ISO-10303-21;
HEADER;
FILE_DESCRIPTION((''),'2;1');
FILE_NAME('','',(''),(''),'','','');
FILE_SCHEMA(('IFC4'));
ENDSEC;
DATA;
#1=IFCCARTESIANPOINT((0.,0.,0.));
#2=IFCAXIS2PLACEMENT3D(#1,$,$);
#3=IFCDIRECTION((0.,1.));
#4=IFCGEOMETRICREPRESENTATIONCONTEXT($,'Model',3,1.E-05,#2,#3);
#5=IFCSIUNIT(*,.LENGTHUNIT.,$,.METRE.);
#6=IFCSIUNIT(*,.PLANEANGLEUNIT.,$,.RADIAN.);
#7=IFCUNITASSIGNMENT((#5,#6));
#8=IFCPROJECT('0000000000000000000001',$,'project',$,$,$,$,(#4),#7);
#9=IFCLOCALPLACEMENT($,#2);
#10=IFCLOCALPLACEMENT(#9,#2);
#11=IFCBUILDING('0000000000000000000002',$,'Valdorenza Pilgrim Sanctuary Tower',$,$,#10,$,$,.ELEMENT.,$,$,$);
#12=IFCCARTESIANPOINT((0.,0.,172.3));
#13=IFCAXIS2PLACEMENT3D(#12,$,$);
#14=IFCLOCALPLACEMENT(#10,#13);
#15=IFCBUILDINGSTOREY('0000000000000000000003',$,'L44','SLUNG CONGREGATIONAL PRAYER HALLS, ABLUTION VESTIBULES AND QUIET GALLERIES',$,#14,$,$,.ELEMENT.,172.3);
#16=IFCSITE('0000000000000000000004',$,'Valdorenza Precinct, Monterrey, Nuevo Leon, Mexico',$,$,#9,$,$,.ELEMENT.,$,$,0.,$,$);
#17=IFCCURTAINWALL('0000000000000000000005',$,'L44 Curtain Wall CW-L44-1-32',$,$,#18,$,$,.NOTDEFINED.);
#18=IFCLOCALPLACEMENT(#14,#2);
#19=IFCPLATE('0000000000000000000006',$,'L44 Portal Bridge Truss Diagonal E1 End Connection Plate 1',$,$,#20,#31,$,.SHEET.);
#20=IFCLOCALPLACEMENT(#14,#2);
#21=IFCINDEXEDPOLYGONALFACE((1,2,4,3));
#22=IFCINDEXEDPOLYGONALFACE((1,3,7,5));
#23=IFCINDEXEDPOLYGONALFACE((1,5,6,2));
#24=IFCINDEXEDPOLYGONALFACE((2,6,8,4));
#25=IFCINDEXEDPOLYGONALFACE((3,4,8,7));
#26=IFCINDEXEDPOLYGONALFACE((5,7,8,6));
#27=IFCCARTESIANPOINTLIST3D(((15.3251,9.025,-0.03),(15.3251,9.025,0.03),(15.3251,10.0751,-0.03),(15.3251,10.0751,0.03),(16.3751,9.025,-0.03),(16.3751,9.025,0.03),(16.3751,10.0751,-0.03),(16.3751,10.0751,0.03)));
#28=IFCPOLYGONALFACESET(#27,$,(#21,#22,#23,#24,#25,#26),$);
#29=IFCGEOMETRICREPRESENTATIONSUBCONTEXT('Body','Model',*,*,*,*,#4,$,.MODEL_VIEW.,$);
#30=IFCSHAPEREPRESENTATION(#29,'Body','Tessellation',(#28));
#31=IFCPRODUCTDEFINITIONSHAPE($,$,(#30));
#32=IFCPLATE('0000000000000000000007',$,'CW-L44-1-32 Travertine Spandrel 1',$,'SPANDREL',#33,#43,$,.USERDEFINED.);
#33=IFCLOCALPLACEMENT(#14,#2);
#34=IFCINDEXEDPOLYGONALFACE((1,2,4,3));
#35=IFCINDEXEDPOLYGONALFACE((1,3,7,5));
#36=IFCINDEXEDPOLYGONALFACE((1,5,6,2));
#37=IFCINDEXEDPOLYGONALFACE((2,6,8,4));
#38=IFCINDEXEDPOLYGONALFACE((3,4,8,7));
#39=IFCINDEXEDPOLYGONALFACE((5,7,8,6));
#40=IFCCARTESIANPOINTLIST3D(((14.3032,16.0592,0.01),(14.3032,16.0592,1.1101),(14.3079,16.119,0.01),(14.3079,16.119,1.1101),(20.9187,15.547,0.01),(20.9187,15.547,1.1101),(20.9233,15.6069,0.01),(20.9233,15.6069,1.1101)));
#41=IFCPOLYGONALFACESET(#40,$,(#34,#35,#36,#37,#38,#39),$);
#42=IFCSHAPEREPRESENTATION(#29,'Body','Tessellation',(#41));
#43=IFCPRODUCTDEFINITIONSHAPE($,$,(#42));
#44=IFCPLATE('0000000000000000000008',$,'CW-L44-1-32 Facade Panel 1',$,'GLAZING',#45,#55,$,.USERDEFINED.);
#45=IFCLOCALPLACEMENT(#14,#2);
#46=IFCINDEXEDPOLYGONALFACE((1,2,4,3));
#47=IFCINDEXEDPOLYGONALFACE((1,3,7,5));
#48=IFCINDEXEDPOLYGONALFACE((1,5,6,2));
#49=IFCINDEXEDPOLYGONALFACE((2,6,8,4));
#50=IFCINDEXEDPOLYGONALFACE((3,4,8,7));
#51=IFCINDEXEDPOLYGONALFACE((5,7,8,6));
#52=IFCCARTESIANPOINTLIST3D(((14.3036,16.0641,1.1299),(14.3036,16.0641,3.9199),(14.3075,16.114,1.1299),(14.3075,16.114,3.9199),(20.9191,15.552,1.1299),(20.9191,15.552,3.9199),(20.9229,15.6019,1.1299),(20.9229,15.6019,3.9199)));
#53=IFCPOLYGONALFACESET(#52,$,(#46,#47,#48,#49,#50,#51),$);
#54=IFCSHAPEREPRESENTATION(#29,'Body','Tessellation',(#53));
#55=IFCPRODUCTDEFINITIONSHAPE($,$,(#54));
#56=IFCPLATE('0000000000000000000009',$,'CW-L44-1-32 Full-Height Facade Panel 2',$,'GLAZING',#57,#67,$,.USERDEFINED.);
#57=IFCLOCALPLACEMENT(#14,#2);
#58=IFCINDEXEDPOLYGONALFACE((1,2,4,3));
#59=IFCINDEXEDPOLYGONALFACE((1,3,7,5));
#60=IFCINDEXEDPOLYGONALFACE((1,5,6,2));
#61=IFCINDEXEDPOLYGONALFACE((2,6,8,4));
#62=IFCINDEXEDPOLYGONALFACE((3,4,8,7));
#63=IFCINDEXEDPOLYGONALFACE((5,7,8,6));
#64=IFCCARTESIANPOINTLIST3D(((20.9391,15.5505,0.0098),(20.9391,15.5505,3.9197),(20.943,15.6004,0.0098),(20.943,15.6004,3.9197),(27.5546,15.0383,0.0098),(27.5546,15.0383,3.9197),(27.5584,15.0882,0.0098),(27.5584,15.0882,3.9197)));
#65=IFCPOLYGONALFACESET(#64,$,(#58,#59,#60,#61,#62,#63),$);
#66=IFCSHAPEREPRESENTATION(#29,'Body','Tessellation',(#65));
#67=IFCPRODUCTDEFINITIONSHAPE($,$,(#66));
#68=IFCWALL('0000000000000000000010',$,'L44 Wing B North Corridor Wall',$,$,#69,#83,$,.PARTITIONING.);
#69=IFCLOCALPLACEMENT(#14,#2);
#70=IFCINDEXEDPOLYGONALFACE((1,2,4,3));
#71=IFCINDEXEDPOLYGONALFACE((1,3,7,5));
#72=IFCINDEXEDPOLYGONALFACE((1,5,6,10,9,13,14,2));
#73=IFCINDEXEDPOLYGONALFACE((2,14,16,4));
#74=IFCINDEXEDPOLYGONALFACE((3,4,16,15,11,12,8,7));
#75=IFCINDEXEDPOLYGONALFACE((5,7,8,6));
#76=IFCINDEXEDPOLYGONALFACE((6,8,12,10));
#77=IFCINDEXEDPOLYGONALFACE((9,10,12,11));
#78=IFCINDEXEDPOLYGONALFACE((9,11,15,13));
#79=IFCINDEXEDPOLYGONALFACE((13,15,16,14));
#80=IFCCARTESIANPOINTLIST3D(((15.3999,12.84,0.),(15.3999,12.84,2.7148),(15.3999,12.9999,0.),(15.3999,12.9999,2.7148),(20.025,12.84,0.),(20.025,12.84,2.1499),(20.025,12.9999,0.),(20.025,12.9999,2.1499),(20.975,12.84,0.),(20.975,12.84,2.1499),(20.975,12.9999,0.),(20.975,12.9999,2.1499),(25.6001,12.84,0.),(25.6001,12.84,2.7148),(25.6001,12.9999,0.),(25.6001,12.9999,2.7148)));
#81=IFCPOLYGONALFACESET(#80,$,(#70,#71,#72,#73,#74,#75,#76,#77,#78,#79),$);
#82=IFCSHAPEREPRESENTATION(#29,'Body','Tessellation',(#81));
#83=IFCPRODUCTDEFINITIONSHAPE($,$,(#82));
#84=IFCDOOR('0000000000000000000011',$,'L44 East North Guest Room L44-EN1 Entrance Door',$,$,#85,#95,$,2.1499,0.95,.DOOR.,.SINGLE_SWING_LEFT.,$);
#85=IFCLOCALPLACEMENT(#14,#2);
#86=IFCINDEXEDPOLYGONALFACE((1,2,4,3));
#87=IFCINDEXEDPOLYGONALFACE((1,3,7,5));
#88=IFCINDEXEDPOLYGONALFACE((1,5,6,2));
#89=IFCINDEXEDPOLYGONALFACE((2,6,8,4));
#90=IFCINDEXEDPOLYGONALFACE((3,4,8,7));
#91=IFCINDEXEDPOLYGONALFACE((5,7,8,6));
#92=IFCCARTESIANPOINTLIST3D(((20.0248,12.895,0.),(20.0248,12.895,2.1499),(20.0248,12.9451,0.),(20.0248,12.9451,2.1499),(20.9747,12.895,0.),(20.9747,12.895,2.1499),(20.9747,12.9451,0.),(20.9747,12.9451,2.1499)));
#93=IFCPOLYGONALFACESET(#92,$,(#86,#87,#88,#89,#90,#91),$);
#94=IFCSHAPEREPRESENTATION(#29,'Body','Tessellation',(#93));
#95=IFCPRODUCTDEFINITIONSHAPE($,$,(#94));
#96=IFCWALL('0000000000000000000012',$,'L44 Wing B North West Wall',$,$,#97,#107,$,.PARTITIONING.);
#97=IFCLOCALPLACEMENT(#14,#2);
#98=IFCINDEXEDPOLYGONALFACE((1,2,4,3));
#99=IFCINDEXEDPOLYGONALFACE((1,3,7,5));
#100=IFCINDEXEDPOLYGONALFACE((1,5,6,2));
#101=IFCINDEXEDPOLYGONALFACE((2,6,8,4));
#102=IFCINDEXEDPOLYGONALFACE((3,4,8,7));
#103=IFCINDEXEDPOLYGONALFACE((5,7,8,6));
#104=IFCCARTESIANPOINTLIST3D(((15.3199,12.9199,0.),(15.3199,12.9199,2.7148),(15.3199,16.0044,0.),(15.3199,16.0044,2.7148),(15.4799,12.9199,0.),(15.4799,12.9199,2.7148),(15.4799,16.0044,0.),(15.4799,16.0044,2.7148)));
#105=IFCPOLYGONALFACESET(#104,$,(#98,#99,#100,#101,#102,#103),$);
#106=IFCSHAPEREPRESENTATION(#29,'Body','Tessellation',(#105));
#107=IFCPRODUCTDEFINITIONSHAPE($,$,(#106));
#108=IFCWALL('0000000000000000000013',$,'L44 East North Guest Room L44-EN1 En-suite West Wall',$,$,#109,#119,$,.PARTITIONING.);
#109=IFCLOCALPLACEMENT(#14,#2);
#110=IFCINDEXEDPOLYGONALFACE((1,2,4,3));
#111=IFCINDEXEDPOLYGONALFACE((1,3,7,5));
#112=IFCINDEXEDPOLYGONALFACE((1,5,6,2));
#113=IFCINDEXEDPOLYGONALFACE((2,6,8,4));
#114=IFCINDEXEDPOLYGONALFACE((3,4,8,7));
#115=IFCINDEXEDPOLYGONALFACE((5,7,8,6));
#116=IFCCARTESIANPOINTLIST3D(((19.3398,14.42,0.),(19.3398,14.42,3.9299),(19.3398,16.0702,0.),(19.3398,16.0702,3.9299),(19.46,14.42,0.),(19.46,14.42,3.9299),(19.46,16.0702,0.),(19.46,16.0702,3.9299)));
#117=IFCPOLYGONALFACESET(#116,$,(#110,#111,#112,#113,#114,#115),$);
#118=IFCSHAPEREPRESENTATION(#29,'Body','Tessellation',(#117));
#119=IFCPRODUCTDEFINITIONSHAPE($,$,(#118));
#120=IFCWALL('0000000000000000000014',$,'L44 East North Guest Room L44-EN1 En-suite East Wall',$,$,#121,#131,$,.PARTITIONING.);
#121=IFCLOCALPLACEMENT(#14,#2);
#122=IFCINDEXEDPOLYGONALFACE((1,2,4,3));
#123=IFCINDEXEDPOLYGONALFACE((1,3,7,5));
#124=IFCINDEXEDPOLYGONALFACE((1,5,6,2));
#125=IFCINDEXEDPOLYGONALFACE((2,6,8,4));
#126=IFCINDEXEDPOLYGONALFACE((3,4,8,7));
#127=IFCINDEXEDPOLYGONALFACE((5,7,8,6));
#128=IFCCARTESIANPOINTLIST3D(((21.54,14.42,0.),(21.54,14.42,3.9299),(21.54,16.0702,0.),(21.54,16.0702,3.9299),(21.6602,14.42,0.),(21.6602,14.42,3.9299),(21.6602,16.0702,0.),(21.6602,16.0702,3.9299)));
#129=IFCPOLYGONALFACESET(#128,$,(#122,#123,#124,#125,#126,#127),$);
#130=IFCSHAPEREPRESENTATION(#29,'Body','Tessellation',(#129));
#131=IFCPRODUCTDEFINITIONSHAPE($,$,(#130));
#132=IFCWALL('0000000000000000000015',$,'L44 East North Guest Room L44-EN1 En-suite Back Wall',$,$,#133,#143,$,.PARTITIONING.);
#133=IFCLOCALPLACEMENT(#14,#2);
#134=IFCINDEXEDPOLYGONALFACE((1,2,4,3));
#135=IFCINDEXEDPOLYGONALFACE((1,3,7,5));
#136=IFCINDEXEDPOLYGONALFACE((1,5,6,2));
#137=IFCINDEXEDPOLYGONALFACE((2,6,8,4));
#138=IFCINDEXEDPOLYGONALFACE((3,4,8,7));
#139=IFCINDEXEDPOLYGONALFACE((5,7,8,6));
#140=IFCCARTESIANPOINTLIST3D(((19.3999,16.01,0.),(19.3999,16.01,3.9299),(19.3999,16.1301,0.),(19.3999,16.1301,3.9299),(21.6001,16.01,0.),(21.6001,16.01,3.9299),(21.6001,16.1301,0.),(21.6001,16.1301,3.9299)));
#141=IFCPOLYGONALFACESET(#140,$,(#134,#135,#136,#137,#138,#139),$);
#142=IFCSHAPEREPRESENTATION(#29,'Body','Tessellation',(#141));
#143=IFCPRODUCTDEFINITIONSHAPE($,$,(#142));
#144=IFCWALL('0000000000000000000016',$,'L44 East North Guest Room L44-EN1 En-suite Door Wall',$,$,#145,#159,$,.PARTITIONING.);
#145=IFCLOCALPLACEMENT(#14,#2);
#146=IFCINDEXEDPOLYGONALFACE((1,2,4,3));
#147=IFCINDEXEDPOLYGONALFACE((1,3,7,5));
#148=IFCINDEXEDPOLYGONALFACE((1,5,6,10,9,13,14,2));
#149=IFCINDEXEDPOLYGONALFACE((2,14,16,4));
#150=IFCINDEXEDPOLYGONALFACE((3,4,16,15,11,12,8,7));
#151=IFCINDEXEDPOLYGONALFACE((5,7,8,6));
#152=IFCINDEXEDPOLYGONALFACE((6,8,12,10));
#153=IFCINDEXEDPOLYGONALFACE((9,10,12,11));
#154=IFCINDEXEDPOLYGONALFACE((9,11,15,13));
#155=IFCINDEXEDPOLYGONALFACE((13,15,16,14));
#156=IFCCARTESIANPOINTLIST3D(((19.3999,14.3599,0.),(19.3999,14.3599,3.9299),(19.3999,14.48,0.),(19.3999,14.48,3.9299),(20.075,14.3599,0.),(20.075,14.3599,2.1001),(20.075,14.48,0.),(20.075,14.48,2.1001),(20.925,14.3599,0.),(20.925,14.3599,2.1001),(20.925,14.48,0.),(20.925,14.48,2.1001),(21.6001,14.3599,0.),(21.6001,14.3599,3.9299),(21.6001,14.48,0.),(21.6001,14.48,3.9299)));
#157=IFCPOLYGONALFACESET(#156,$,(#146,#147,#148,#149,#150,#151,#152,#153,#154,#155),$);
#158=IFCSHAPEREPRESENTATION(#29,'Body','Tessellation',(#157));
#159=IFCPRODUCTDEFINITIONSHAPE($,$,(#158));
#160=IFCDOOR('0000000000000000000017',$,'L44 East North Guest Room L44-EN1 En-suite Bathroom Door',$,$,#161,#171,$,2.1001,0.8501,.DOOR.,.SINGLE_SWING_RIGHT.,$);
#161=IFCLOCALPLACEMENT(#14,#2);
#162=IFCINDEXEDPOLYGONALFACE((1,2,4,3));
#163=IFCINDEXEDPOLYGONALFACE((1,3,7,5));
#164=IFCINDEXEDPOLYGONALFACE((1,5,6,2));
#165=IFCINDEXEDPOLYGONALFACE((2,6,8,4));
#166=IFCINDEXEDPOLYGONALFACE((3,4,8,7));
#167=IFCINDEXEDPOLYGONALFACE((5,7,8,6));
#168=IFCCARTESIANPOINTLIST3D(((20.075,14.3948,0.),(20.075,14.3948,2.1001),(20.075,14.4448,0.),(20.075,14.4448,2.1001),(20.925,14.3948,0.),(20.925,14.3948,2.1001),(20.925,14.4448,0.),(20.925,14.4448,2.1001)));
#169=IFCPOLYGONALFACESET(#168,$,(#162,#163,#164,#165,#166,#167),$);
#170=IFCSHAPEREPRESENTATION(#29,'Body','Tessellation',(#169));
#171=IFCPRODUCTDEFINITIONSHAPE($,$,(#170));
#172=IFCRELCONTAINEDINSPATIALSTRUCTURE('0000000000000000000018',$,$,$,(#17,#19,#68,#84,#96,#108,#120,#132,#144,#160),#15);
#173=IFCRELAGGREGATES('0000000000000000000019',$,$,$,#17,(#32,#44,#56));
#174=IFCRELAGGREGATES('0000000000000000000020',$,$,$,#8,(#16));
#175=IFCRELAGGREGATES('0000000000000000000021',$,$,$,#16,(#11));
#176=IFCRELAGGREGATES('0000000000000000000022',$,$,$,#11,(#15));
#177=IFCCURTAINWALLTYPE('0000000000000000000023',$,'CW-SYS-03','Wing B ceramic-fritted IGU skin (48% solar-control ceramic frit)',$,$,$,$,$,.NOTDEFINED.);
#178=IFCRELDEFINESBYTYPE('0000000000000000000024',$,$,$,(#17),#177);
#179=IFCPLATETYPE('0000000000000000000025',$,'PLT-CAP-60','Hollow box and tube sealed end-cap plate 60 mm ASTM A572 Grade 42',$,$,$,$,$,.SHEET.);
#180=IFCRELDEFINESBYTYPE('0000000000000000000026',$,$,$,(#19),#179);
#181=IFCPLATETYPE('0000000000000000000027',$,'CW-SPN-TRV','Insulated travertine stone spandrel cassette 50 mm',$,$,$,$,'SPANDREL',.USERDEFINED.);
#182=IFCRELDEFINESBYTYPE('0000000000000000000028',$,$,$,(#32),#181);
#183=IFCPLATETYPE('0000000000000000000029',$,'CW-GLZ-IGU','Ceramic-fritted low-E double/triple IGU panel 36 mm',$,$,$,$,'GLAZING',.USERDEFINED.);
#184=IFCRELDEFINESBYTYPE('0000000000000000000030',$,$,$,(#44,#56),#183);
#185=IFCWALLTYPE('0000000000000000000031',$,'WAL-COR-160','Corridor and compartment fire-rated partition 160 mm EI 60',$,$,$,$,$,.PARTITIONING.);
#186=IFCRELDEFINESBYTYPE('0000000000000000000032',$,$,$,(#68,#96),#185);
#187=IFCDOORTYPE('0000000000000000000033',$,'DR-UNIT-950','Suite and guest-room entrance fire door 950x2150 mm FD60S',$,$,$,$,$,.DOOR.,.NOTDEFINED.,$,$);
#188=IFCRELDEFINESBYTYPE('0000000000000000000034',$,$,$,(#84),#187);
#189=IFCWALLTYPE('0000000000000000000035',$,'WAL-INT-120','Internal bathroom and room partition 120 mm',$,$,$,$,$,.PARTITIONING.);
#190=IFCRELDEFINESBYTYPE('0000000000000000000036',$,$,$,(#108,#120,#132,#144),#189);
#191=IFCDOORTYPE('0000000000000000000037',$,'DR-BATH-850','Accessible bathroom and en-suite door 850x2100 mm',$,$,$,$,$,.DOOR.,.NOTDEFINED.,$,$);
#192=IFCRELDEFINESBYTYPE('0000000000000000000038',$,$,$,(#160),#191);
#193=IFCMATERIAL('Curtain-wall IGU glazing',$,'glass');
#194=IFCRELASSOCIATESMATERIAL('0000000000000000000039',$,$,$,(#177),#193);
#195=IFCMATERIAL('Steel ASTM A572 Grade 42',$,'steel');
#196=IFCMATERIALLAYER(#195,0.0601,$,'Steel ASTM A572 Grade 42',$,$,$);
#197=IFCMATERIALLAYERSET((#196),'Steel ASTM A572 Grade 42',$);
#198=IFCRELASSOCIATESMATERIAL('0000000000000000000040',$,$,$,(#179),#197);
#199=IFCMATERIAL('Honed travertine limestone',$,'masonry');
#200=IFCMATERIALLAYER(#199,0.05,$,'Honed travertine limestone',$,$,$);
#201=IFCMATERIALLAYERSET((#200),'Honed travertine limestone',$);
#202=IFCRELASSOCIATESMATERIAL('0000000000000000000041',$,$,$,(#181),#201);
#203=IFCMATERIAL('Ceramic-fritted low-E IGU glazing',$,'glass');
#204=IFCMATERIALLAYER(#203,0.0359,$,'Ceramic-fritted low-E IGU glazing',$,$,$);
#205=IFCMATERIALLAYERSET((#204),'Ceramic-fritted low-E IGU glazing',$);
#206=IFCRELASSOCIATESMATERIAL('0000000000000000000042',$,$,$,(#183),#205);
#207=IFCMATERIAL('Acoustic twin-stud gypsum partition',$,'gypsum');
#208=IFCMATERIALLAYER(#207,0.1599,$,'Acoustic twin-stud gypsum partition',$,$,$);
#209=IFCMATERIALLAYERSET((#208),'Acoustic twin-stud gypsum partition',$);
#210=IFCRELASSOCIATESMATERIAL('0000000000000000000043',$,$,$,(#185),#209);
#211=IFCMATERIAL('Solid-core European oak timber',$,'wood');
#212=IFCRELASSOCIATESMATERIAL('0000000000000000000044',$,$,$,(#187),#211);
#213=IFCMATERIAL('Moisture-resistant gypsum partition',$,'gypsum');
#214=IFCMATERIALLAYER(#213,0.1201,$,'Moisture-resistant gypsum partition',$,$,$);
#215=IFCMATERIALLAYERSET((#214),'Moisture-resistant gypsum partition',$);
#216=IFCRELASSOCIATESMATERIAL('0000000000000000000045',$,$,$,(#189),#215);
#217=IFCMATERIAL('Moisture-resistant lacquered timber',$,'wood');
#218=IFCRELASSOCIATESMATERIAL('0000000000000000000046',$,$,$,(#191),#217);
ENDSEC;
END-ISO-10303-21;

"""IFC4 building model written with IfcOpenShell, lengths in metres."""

from ifc_helpers import new_model, si_unit, direction, frame, frame_2d, origin, origin_2d, place, context, subcontext, project, spatial, rectangle, extrude, source, transform, mapped, material, layer, layer_set, type_object, element, fill, aggregate, save


model = new_model("IFC4")

# Units and contexts
model_context = context("Model", 3, precision=1e-05, world=origin(), true_north=direction((0.0, 1.0)))
body_context = subcontext(model_context, "Body", "Model", "MODEL_VIEW")
ifc_project = project(units=[si_unit("LENGTHUNIT", "METRE"), si_unit("PLANEANGLEUNIT", "RADIAN")], contexts=[model_context])

# Site, building, storey
site_placement = place(None, origin())
site = spatial("IfcSite", under=ifc_project, at=site_placement, Name="Valdorenza Precinct, Monterrey, Nuevo Leon, Mexico", CompositionType="ELEMENT", RefElevation=0.0)
building_placement = place(site_placement, origin())
building = spatial("IfcBuilding", under=site, at=building_placement, Name="Valdorenza Pilgrim Sanctuary Tower", CompositionType="ELEMENT")
storey_placement = place(building_placement, frame((0.0, 0.0, 172.3)))
storey = spatial("IfcBuildingStorey", under=building, at=storey_placement, Name="L44", Description="SLUNG CONGREGATIONAL PRAYER HALLS, ABLUTION VESTIBULES AND QUIET GALLERIES", CompositionType="ELEMENT", Elevation=172.3)

# Shared definitions
ifc_material_1 = material(Name="Steel ASTM A572 Grade 42", Category="steel")

# Curtain wall
ifc_material_2 = material(Name="Curtain-wall IGU glazing", Category="glass")
curtain_wall_type = type_object("IfcCurtainWallType", Name="CW-SYS-03", Description="Wing B ceramic-fritted IGU skin (48% solar-control ceramic frit)", PredefinedType="NOTDEFINED", material=ifc_material_2)
curtain_wall_placement = place(storey_placement, origin())
curtain_wall = element("IfcCurtainWall", 1, at=curtain_wall_placement, inside=storey, type_object=curtain_wall_type, Name="L44 Curtain Wall CW-L44-1-32", PredefinedType="NOTDEFINED")

# Plates
ifc_layer_1 = layer(ifc_material_1, 0.0601, Name="Steel ASTM A572 Grade 42")
ifc_layer_set_1 = layer_set([ifc_layer_1], Name="Steel ASTM A572 Grade 42")
plate_type_1 = type_object("IfcPlateType", Name="PLT-CAP-60", Description="Hollow box and tube sealed end-cap plate 60 mm ASTM A572 Grade 42", PredefinedType="SHEET", material=ifc_layer_set_1)
shared_shape_1 = source(origin(), body_context, "Body", "SweptSolid", [
    extrude(rectangle(XDim=1.05, YDim=1.05, at=origin_2d()), origin(), (0.0, 0.0, 1.0), 0.0601),
])
plate_1_placement = place(storey_placement, frame((15.8501, 9.55, -0.03), z_axis=(0.0, 0.0, 1.0), x_axis=(1.0, 0.0, 0.0)))
element("IfcPlate", 2, at=plate_1_placement, inside=storey, type_object=plate_type_1, Name="L44 Portal Bridge Truss Diagonal E1 End Connection Plate 1", PredefinedType="SHEET", context=body_context, shape_type="MappedRepresentation", body=[
    mapped(shared_shape_1, transform((0.0, 0.0, 0.0), x_axis=(1.0, 0.0, 0.0), y_axis=(0.0, 1.0, 0.0), z_axis=(0.0, 0.0, 1.0), scale=1.0)),
])
ifc_material_3 = material(Name="Honed travertine limestone", Category="masonry")
ifc_layer_2 = layer(ifc_material_3, 0.05, Name="Honed travertine limestone")
ifc_layer_set_2 = layer_set([ifc_layer_2], Name="Honed travertine limestone")
plate_type_2 = type_object("IfcPlateType", Name="CW-SPN-TRV", Description="Insulated travertine stone spandrel cassette 50 mm", ElementType="SPANDREL", PredefinedType="USERDEFINED", material=ifc_layer_set_2)
shared_shape_2 = source(origin(), body_context, "Body", "SweptSolid", [
    extrude(rectangle(XDim=6.6353, YDim=0.0601, at=origin_2d()), origin(), (0.0, 0.0, 1.0), 1.1001),
])
plate_2_placement = place(storey_placement, frame((17.6133, 15.833, 0.01), z_axis=(0.0, 0.0, 1.0), x_axis=(0.997016, -0.077189, 0.0)))
plate_2 = element("IfcPlate", 3, at=plate_2_placement, type_object=plate_type_2, Name="CW-L44-1-32 Travertine Spandrel 1", ObjectType="SPANDREL", PredefinedType="USERDEFINED", context=body_context, shape_type="MappedRepresentation", body=[
    mapped(shared_shape_2, transform((0.0, 0.0, 0.0), x_axis=(1.0, 0.0, 0.0), y_axis=(0.0, 1.0, 0.0), z_axis=(0.0, 0.0, 1.0), scale=1.0)),
])
ifc_material_4 = material(Name="Ceramic-fritted low-E IGU glazing", Category="glass")
ifc_layer_3 = layer(ifc_material_4, 0.0359, Name="Ceramic-fritted low-E IGU glazing")
ifc_layer_set_3 = layer_set([ifc_layer_3], Name="Ceramic-fritted low-E IGU glazing")
plate_type_3 = type_object("IfcPlateType", Name="CW-GLZ-IGU", Description="Ceramic-fritted low-E double/triple IGU panel 36 mm", ElementType="GLAZING", PredefinedType="USERDEFINED", material=ifc_layer_set_3)
shared_shape_3 = source(origin(), body_context, "Body", "SweptSolid", [
    extrude(rectangle(XDim=6.6353, YDim=0.05, at=origin_2d()), origin(), (0.0, 0.0, 1.0), 2.79),
])
plate_3_placement = place(storey_placement, frame((17.6133, 15.833, 1.1299), z_axis=(0.0, 0.0, 1.0), x_axis=(0.997016, -0.077189, 0.0)))
plate_3 = element("IfcPlate", 4, at=plate_3_placement, type_object=plate_type_3, Name="CW-L44-1-32 Facade Panel 1", ObjectType="GLAZING", PredefinedType="USERDEFINED", context=body_context, shape_type="MappedRepresentation", body=[
    mapped(shared_shape_3, transform((0.0, 0.0, 0.0), x_axis=(1.0, 0.0, 0.0), y_axis=(0.0, 1.0, 0.0), z_axis=(0.0, 0.0, 1.0), scale=1.0)),
])
shared_shape_4 = source(origin(), body_context, "Body", "SweptSolid", [
    extrude(rectangle(XDim=6.6353, YDim=0.05, at=origin_2d()), origin(), (0.0, 0.0, 1.0), 3.9099),
])
plate_4_placement = place(storey_placement, frame((24.2488, 15.3193, 0.0098), z_axis=(0.0, 0.0, 1.0), x_axis=(0.997016, -0.077189, 0.0)))
plate_4 = element("IfcPlate", 5, at=plate_4_placement, type_object=plate_type_3, Name="CW-L44-1-32 Full-Height Facade Panel 2", ObjectType="GLAZING", PredefinedType="USERDEFINED", context=body_context, shape_type="MappedRepresentation", body=[
    mapped(shared_shape_4, transform((0.0, 0.0, 0.0), x_axis=(1.0, 0.0, 0.0), y_axis=(0.0, 1.0, 0.0), z_axis=(0.0, 0.0, 1.0), scale=1.0)),
])
aggregate(curtain_wall, [plate_2, plate_3, plate_4])

# Wall, opening, door
ifc_material_5 = material(Name="Acoustic twin-stud gypsum partition", Category="gypsum")
ifc_layer_4 = layer(ifc_material_5, 0.1599, Name="Acoustic twin-stud gypsum partition")
ifc_layer_set_4 = layer_set([ifc_layer_4], Name="Acoustic twin-stud gypsum partition")
wall_type_1 = type_object("IfcWallType", Name="WAL-COR-160", Description="Corridor and compartment fire-rated partition 160 mm EI 60", PredefinedType="PARTITIONING", material=ifc_layer_set_4)
wall_1_placement = place(storey_placement, frame((15.3999, 12.9199, 0.0), z_axis=(0.0, 0.0, 1.0), x_axis=(1.0, 0.0, 0.0)))
wall_1 = element("IfcWall", 6, at=wall_1_placement, inside=storey, type_object=wall_type_1, Name="L44 Wing B North Corridor Wall", PredefinedType="PARTITIONING", context=body_context, shape_type="SweptSolid", body=[
    extrude(rectangle(XDim=10.2002, YDim=0.1599, at=frame_2d((5.1001, 0.0))), origin(), (0.0, 0.0, 1.0), 2.7148),
])
opening_1_placement = place(wall_1_placement, frame((4.625, 0.0, 0.0)))
opening_1 = element("IfcOpeningElement", 7, at=opening_1_placement, cuts=wall_1, PredefinedType="OPENING", context=body_context, shape_type="SweptSolid", body=[
    extrude(rectangle(XDim=0.95, YDim=2.1499, at=frame_2d((0.4751, 1.075))), frame((0.0, 0.0947, 0.0), z_axis=(0.0, -1.0, 0.0), x_axis=(1.0, 0.0, 0.0)), (0.0, 0.0, 1.0), 0.1897),
])
ifc_material_6 = material(Name="Solid-core European oak timber", Category="wood")
door_type_1 = type_object("IfcDoorType", Name="DR-UNIT-950", Description="Suite and guest-room entrance fire door 950x2150 mm FD60S", OperationType="NOTDEFINED", PredefinedType="DOOR", material=ifc_material_6)
door_1_placement = place(opening_1_placement, frame((0.95, 0.0, 0.0), z_axis=(0.0, 0.0, 1.0), x_axis=(-1.0, 0.0, 0.0)))
door_1 = element("IfcDoor", 8, at=door_1_placement, inside=storey, type_object=door_type_1, Name="L44 East North Guest Room L44-EN1 Entrance Door", OperationType="SINGLE_SWING_LEFT", OverallHeight=2.1499, OverallWidth=0.95, PredefinedType="DOOR", context=body_context, shape_type="SweptSolid", body=[
    extrude(rectangle(XDim=0.95, YDim=2.1499, at=frame_2d((0.4751, 1.075))), frame((0.0, 0.0249, 0.0), z_axis=(0.0, -1.0, 0.0), x_axis=(1.0, 0.0, 0.0)), (0.0, 0.0, 1.0), 0.05),
])
fill(opening_1, door_1)

# Walls
wall_2_placement = place(storey_placement, frame((15.3999, 12.9199, 0.0), z_axis=(0.0, 0.0, 1.0), x_axis=(0.0, 1.0, 0.0)))
element("IfcWall", 9, at=wall_2_placement, inside=storey, type_object=wall_type_1, Name="L44 Wing B North West Wall", PredefinedType="PARTITIONING", context=body_context, shape_type="SweptSolid", body=[
    extrude(rectangle(XDim=3.0845, YDim=0.1599, at=frame_2d((1.5422, 0.0))), origin(), (0.0, 0.0, 1.0), 2.7148),
])
ifc_material_7 = material(Name="Moisture-resistant gypsum partition", Category="gypsum")
ifc_layer_5 = layer(ifc_material_7, 0.1201, Name="Moisture-resistant gypsum partition")
ifc_layer_set_5 = layer_set([ifc_layer_5], Name="Moisture-resistant gypsum partition")
wall_type_2 = type_object("IfcWallType", Name="WAL-INT-120", Description="Internal bathroom and room partition 120 mm", PredefinedType="PARTITIONING", material=ifc_layer_set_5)
for number, where, z_axis, x_axis, name in (
    (10, (19.3999, 14.4199, 0.0), (0.0, 0.0, 1.0), (0.0, 1.0, 0.0), "L44 East North Guest Room L44-EN1 En-suite West Wall"),
    (11, (21.6001, 14.4199, 0.0), (0.0, 0.0, 1.0), (0.0, 1.0, 0.0), "L44 East North Guest Room L44-EN1 En-suite East Wall"),
):
    element("IfcWall", number, at=place(storey_placement, frame(where, z_axis=z_axis, x_axis=x_axis)), inside=storey, type_object=wall_type_2, Name=name, PredefinedType="PARTITIONING", context=body_context, shape_type="SweptSolid", body=[
        extrude(rectangle(XDim=1.6501, YDim=0.1201, at=frame_2d((0.8252, 0.0))), origin(), (0.0, 0.0, 1.0), 3.9299),
    ])
wall_3_placement = place(storey_placement, frame((19.3999, 16.0701, 0.0), z_axis=(0.0, 0.0, 1.0), x_axis=(1.0, 0.0, 0.0)))
element("IfcWall", 12, at=wall_3_placement, inside=storey, type_object=wall_type_2, Name="L44 East North Guest Room L44-EN1 En-suite Back Wall", PredefinedType="PARTITIONING", context=body_context, shape_type="SweptSolid", body=[
    extrude(rectangle(XDim=2.2002, YDim=0.1201, at=frame_2d((1.1001, 0.0))), origin(), (0.0, 0.0, 1.0), 3.9299),
])

# Wall, opening, door
wall_4_placement = place(storey_placement, frame((19.3999, 14.4199, 0.0), z_axis=(0.0, 0.0, 1.0), x_axis=(1.0, 0.0, 0.0)))
wall_4 = element("IfcWall", 13, at=wall_4_placement, inside=storey, type_object=wall_type_2, Name="L44 East North Guest Room L44-EN1 En-suite Door Wall", PredefinedType="PARTITIONING", context=body_context, shape_type="SweptSolid", body=[
    extrude(rectangle(XDim=2.2002, YDim=0.1201, at=frame_2d((1.1001, 0.0))), origin(), (0.0, 0.0, 1.0), 3.9299),
])
opening_2_placement = place(wall_4_placement, frame((0.675, 0.0, 0.0)))
opening_2 = element("IfcOpeningElement", 14, at=opening_2_placement, cuts=wall_4, PredefinedType="OPENING", context=body_context, shape_type="SweptSolid", body=[
    extrude(rectangle(XDim=0.8501, YDim=2.1001, at=frame_2d((0.425, 1.05))), frame((0.0, 0.075, 0.0), z_axis=(0.0, -1.0, 0.0), x_axis=(1.0, 0.0, 0.0)), (0.0, 0.0, 1.0), 0.1499),
])
ifc_material_8 = material(Name="Moisture-resistant lacquered timber", Category="wood")
door_type_2 = type_object("IfcDoorType", Name="DR-BATH-850", Description="Accessible bathroom and en-suite door 850x2100 mm", OperationType="NOTDEFINED", PredefinedType="DOOR", material=ifc_material_8)
door_2_placement = place(opening_2_placement, origin())
door_2 = element("IfcDoor", 15, at=door_2_placement, inside=storey, type_object=door_type_2, Name="L44 East North Guest Room L44-EN1 En-suite Bathroom Door", OperationType="SINGLE_SWING_RIGHT", OverallHeight=2.1001, OverallWidth=0.8501, PredefinedType="DOOR", context=body_context, shape_type="SweptSolid", body=[
    extrude(rectangle(XDim=0.8501, YDim=2.1001, at=frame_2d((0.425, 1.05))), frame((0.0, 0.0249, 0.0), z_axis=(0.0, -1.0, 0.0), x_axis=(1.0, 0.0, 0.0)), (0.0, 0.0, 1.0), 0.05),
])
fill(opening_2, door_2)

save(model, "model.ifc")
